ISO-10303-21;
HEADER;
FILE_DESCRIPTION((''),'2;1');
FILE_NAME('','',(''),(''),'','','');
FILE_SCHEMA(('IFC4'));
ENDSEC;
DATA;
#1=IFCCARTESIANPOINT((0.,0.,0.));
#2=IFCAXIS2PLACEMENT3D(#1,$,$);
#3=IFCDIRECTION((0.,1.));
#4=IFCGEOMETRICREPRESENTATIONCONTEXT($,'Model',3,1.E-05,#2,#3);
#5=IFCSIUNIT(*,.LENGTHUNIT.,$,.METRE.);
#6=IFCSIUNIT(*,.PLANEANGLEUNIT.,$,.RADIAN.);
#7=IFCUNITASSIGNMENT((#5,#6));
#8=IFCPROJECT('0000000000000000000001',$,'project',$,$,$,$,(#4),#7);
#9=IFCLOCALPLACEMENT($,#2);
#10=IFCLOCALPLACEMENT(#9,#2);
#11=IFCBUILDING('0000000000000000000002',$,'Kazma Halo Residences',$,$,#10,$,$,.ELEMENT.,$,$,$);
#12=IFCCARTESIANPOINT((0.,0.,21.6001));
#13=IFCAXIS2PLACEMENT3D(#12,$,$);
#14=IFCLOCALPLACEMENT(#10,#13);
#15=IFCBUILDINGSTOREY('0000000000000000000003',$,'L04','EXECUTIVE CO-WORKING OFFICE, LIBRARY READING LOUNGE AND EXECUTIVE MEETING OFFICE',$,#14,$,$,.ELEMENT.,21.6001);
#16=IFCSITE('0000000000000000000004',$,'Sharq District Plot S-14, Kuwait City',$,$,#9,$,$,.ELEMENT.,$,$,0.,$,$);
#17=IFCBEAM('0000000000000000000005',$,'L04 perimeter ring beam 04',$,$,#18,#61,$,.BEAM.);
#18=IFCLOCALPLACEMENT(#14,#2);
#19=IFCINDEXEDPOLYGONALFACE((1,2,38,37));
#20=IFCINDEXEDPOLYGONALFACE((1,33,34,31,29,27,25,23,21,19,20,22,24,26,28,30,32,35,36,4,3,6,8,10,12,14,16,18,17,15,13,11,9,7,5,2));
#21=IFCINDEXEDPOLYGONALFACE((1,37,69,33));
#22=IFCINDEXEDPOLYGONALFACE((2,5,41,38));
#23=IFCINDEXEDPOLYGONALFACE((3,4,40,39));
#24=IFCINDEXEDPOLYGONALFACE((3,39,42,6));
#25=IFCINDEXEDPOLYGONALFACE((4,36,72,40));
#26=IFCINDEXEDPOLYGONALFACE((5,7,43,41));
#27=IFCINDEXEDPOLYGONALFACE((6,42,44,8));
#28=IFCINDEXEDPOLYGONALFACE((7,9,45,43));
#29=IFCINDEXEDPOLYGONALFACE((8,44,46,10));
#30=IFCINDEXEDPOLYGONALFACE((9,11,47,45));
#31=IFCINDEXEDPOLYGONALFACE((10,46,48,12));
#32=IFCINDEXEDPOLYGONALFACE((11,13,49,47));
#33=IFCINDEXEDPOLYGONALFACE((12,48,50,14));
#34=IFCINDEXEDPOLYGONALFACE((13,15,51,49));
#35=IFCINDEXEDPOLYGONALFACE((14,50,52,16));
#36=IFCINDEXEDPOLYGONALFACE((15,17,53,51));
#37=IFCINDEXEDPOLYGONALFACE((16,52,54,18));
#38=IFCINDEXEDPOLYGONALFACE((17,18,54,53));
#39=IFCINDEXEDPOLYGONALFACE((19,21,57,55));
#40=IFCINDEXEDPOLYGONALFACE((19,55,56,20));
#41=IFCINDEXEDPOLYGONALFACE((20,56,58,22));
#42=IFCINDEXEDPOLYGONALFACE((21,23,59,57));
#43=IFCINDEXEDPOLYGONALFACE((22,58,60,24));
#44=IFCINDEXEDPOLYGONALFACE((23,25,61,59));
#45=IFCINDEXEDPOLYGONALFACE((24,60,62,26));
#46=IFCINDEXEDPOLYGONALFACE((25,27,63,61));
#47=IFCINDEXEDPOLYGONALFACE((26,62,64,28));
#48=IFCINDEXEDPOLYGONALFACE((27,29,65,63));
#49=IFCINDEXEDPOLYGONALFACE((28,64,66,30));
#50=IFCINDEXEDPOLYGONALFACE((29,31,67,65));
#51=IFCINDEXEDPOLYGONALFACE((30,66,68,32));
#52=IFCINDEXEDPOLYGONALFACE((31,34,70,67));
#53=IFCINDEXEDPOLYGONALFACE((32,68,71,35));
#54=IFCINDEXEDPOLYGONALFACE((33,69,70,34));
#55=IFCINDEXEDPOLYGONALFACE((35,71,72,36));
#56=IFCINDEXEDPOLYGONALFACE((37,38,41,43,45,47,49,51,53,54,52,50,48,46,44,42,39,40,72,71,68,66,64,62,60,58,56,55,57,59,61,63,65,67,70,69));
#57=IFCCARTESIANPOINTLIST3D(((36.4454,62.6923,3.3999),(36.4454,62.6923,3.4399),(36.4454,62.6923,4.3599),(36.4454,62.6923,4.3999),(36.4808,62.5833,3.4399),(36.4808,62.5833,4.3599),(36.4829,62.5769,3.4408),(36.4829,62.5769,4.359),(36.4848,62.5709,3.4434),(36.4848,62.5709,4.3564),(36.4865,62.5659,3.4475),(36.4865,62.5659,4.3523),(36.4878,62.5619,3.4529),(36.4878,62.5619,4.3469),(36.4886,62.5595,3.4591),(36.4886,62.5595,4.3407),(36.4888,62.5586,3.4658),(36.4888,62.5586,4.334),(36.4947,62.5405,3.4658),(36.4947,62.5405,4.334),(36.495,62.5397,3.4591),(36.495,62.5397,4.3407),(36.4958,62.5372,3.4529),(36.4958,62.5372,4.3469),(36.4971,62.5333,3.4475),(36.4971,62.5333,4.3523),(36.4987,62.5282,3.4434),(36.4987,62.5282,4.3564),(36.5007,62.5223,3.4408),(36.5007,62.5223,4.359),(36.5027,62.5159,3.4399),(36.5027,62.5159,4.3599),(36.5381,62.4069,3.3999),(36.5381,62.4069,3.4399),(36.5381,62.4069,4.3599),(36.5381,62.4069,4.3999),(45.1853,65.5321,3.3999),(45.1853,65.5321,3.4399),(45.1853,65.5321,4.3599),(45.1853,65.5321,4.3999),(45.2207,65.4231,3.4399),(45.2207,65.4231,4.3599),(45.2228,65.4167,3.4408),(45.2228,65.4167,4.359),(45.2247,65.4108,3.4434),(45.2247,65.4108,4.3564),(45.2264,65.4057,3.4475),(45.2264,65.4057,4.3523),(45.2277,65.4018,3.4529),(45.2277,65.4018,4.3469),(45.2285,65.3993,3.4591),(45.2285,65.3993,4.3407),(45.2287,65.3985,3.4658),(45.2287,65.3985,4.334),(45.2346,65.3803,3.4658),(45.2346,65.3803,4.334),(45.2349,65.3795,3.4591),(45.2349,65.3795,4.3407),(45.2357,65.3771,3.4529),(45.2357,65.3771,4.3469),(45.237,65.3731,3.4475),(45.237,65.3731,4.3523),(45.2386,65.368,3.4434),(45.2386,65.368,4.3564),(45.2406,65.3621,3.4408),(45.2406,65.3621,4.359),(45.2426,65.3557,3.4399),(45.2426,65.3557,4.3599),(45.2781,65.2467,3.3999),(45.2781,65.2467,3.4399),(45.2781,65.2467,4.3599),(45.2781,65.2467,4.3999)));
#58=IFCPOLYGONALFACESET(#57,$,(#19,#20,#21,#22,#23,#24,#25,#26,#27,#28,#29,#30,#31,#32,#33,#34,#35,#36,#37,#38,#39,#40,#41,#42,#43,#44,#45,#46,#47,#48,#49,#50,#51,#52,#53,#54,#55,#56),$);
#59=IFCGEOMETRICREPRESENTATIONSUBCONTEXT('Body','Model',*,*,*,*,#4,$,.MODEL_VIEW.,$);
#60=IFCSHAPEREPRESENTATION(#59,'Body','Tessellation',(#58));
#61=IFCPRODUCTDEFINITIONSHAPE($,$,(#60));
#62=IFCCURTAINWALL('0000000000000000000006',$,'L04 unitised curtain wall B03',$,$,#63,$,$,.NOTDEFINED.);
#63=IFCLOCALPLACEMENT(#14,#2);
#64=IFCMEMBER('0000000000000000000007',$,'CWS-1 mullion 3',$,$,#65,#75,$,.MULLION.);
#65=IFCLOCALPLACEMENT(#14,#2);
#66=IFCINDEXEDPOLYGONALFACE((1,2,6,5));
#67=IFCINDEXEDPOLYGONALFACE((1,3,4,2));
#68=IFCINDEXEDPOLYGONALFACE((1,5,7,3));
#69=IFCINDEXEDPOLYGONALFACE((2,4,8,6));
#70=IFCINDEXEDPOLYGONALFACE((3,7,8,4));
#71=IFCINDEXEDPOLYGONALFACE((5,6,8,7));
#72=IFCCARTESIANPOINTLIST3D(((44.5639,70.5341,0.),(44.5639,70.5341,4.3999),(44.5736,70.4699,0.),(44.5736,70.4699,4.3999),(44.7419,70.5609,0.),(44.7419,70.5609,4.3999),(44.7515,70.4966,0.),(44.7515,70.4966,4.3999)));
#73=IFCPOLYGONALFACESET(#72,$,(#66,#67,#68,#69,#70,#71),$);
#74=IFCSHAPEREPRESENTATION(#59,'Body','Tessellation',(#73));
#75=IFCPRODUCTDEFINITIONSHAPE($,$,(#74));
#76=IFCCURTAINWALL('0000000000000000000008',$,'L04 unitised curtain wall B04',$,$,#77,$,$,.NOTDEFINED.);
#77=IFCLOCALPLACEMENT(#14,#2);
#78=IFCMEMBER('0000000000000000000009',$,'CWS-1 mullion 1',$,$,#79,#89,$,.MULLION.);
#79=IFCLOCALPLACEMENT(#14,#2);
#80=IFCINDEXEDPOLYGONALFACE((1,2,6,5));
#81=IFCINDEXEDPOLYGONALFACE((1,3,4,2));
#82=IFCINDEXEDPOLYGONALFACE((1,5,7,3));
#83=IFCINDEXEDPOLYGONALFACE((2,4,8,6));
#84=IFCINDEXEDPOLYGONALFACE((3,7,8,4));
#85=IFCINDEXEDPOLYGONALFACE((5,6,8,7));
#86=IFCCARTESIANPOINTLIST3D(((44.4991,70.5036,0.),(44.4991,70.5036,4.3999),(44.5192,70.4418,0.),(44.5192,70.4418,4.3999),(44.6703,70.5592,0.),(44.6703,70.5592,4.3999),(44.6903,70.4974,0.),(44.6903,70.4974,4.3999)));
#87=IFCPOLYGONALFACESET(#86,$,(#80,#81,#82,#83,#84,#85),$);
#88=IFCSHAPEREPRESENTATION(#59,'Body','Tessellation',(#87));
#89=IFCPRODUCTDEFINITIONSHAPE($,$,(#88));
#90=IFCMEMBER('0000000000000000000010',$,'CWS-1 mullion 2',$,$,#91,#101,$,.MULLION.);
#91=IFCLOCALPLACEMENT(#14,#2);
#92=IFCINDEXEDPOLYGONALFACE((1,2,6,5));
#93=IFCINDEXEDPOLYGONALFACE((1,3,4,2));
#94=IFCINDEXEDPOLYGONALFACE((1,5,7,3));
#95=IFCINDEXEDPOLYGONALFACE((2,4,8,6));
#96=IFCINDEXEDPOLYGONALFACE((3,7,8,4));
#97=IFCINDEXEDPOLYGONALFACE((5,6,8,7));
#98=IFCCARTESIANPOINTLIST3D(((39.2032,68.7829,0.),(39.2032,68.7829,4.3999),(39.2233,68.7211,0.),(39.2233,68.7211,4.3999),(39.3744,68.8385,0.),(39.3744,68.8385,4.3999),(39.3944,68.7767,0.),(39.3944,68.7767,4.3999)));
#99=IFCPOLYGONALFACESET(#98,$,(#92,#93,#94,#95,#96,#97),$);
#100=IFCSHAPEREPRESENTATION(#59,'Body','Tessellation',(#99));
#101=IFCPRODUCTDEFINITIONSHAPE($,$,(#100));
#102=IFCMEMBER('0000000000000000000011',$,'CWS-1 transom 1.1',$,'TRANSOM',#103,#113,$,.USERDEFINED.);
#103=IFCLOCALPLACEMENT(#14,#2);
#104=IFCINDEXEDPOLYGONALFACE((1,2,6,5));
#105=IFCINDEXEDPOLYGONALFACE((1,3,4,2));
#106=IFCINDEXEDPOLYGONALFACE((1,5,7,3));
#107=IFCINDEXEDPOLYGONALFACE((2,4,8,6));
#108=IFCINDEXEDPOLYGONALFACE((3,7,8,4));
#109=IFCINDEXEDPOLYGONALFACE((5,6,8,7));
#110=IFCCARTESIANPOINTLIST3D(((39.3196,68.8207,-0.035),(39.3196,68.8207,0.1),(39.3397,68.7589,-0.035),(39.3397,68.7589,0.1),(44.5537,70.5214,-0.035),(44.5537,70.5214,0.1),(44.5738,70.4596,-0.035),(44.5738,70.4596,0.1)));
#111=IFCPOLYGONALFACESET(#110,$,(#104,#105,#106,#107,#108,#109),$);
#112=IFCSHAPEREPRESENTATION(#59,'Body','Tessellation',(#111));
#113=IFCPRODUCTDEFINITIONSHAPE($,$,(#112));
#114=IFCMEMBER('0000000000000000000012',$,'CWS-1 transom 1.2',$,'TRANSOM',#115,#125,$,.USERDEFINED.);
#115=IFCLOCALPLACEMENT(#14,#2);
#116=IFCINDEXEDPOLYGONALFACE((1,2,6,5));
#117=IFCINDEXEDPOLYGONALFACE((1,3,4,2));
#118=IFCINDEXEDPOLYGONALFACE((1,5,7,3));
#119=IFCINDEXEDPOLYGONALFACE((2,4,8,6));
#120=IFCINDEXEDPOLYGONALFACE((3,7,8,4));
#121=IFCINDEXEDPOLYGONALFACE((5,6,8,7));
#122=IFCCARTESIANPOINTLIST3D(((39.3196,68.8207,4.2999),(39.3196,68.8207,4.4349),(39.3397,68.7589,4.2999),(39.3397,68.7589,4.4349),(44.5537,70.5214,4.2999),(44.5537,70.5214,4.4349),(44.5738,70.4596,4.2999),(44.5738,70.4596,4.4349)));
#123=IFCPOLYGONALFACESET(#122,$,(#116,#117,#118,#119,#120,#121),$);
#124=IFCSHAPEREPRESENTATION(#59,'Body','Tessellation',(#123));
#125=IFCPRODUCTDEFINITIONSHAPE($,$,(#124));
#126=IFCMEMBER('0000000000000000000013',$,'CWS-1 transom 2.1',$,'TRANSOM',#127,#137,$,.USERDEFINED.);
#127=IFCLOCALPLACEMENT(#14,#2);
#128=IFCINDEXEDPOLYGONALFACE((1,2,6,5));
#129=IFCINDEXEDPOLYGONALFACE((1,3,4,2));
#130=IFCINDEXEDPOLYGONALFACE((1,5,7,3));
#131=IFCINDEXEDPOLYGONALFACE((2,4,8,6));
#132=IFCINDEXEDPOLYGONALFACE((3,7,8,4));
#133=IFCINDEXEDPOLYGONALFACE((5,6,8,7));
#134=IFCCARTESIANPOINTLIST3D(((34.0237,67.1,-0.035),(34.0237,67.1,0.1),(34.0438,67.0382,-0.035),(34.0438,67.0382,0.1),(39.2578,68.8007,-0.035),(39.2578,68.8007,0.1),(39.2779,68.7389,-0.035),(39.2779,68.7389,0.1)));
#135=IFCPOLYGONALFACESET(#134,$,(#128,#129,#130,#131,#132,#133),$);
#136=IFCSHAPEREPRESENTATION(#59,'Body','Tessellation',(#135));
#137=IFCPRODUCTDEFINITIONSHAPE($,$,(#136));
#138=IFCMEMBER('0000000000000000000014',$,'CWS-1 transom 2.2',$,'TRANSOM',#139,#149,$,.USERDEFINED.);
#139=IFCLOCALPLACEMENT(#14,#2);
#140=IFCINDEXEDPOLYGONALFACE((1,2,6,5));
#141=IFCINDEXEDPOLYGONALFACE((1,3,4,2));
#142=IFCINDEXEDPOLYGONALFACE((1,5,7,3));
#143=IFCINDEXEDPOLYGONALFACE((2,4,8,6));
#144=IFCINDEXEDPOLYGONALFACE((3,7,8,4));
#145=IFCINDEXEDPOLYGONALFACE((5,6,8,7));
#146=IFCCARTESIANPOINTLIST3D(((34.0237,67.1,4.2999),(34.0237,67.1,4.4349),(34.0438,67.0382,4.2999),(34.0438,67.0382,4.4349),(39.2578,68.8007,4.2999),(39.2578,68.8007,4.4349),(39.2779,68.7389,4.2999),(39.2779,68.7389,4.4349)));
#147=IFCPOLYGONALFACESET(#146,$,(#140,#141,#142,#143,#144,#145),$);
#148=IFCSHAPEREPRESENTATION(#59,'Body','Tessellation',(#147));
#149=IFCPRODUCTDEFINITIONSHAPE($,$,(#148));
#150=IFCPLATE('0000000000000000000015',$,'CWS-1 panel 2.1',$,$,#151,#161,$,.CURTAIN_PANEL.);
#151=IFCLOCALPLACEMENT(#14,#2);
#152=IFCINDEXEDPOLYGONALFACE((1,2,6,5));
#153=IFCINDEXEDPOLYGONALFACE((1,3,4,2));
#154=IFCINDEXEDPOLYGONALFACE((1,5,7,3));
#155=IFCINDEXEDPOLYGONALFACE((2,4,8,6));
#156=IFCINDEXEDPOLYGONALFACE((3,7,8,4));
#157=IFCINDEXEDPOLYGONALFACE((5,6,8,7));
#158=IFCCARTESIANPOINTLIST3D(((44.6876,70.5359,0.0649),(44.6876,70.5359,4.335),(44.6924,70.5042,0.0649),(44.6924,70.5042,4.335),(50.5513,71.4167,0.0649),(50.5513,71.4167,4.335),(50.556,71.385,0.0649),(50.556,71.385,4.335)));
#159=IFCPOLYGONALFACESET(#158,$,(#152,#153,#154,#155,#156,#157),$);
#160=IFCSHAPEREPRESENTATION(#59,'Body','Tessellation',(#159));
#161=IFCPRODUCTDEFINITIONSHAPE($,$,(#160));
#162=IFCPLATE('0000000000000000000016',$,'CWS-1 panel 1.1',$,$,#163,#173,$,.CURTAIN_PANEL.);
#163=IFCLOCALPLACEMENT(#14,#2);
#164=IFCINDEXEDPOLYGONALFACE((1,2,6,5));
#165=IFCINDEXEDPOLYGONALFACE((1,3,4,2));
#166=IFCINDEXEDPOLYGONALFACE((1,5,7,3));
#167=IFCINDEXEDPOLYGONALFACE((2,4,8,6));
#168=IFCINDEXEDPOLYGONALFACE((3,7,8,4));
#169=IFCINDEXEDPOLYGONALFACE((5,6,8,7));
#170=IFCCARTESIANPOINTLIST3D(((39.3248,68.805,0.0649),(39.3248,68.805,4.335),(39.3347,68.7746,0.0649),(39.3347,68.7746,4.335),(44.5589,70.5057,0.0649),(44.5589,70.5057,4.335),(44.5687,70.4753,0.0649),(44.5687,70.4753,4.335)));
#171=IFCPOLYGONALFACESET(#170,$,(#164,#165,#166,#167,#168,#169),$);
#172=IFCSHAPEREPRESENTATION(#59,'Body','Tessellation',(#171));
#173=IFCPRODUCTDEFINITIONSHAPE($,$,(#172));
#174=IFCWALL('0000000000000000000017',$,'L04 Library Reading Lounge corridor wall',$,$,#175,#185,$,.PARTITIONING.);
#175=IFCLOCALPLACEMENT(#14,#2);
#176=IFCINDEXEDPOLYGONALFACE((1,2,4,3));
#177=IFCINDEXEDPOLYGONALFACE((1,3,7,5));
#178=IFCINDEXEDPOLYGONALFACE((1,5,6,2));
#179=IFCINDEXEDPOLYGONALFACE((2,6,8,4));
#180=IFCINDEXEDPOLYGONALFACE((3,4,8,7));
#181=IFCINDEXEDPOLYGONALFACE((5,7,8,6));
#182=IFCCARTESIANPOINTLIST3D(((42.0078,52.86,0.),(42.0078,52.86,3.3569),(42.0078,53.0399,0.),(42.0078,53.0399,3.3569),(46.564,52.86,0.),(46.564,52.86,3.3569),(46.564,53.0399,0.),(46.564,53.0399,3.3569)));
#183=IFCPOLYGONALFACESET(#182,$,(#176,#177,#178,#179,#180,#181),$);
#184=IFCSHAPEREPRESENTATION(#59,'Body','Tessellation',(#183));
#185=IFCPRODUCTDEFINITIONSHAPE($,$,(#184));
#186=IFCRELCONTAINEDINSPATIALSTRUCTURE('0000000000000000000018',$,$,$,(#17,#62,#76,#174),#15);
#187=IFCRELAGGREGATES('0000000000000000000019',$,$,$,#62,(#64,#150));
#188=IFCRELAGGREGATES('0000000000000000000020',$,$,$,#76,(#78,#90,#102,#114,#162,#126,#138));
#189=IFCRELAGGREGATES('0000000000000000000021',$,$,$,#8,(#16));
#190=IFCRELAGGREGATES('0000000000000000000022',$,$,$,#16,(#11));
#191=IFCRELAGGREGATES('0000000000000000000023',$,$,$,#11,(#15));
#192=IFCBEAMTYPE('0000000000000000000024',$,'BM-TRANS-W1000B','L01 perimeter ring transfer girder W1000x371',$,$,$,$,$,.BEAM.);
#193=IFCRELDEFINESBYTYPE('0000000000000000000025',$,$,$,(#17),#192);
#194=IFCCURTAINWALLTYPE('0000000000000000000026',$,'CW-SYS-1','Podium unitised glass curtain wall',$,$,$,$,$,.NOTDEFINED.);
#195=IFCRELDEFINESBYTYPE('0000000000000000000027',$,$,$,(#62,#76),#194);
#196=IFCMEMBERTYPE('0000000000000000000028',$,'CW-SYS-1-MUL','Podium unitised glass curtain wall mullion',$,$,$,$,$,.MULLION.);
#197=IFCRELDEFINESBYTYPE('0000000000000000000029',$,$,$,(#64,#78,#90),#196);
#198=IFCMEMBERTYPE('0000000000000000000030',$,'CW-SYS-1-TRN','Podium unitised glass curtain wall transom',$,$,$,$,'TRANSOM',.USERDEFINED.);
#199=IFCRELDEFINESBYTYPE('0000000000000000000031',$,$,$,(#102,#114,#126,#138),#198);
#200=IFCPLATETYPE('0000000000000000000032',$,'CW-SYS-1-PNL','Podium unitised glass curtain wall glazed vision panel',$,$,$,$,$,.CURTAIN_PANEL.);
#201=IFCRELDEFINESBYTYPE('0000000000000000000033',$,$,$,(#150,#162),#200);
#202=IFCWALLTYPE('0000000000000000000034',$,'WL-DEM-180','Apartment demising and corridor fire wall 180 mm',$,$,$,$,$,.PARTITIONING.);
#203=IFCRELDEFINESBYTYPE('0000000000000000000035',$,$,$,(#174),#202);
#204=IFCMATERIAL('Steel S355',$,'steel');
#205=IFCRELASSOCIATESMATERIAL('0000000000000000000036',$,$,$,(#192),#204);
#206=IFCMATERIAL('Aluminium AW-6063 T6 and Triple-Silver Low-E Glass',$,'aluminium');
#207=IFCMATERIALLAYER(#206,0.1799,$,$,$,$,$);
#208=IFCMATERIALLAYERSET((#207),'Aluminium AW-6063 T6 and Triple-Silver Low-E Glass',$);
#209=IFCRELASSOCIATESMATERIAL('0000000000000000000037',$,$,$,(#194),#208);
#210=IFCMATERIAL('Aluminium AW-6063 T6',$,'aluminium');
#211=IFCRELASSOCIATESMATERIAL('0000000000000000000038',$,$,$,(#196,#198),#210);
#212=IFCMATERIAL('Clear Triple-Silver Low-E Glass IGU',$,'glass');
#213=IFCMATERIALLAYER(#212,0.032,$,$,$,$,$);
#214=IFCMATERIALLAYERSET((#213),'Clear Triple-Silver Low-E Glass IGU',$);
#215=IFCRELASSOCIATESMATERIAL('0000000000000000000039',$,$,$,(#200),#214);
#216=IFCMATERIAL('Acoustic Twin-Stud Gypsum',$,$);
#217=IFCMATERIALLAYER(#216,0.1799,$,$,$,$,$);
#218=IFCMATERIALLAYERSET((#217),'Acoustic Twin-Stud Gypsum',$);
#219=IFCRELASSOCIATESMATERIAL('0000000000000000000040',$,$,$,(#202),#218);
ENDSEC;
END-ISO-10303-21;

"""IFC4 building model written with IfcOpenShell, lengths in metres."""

from ifc_helpers import new_model, si_unit, direction, frame, frame_2d, origin, origin_2d, place, context, subcontext, project, spatial, rectangle, i_section, extrude, material, layer, layer_set, material_profile, profile_set, type_object, element, aggregate, save


model = new_model("IFC4")

# Units and contexts
model_context = context("Model", 3, precision=1e-05, world=origin(), true_north=direction((0.0, 1.0)))
body_context = subcontext(model_context, "Body", "Model", "MODEL_VIEW")
ifc_project = project(units=[si_unit("LENGTHUNIT", "METRE"), si_unit("PLANEANGLEUNIT", "RADIAN")], contexts=[model_context])

# Site, building, storey
site_placement = place(None, origin())
site = spatial("IfcSite", under=ifc_project, at=site_placement, Name="Sharq District Plot S-14, Kuwait City", CompositionType="ELEMENT", RefElevation=0.0)
building_placement = place(site_placement, origin())
building = spatial("IfcBuilding", under=site, at=building_placement, Name="Kazma Halo Residences", CompositionType="ELEMENT")
storey_placement = place(building_placement, frame((0.0, 0.0, 21.6001)))
storey = spatial("IfcBuildingStorey", under=building, at=storey_placement, Name="L04", Description="EXECUTIVE CO-WORKING OFFICE, LIBRARY READING LOUNGE AND EXECUTIVE MEETING OFFICE", CompositionType="ELEMENT", Elevation=21.6001)

# Beam
ifc_material_1 = material(Name="Steel S355", Category="steel")
ifc_material_profile_1 = material_profile(ifc_material_1, i_section(OverallWidth=0.3, OverallDepth=1.0, WebThickness=0.019, FlangeThickness=0.04, FilletRadius=0.0259, at=origin_2d()), Name="W1000x371")
ifc_profile_set_1 = profile_set([ifc_material_profile_1], Name="Steel S355")
beam_type_1 = type_object("IfcBeamType", Name="BM-TRANS-W1000B", Description="L01 perimeter ring transfer girder W1000x371", PredefinedType="BEAM", material=ifc_profile_set_1)
beam_1_placement = place(storey_placement, frame((45.2317, 65.3894, 3.8999), z_axis=(-0.951055, -0.309022, 0.0), x_axis=(0.309022, -0.951055, 0.0)))
element("IfcBeam", 1, at=beam_1_placement, inside=storey, type_object=beam_type_1, Name="L04 perimeter ring beam 04", PredefinedType="BEAM", context=body_context, shape_type="SweptSolid", body=[
    extrude(i_section(OverallWidth=0.3, OverallDepth=1.0, WebThickness=0.019, FlangeThickness=0.04, FilletRadius=0.0259, at=origin_2d()), origin(), (0.0, 0.0, 1.0), 9.1897),
])

# Curtain wall, member
ifc_material_2 = material(Name="Aluminium AW-6063 T6 and Triple-Silver Low-E Glass", Category="aluminium")
ifc_layer_1 = layer(ifc_material_2, 0.1799)
ifc_layer_set_1 = layer_set([ifc_layer_1], Name="Aluminium AW-6063 T6 and Triple-Silver Low-E Glass")
curtain_wall_type = type_object("IfcCurtainWallType", Name="CW-SYS-1", Description="Podium unitised glass curtain wall", PredefinedType="NOTDEFINED", material=ifc_layer_set_1)
curtain_wall_1_placement = place(storey_placement, origin())
curtain_wall_1 = element("IfcCurtainWall", 2, at=curtain_wall_1_placement, inside=storey, type_object=curtain_wall_type, Name="L04 unitised curtain wall B03", PredefinedType="NOTDEFINED")
ifc_material_3 = material(Name="Aluminium AW-6063 T6", Category="aluminium")
ifc_material_profile_2 = material_profile(ifc_material_3, rectangle(XDim=0.0649, YDim=0.1799, at=origin_2d()), Name="CWM-65x180")
ifc_profile_set_2 = profile_set([ifc_material_profile_2], Name="Aluminium AW-6063 T6")
member_type_1 = type_object("IfcMemberType", Name="CW-SYS-1-MUL", Description="Podium unitised glass curtain wall mullion", PredefinedType="MULLION", material=ifc_profile_set_2)
member_1_placement = place(storey_placement, frame((44.6577, 70.5154, 0.0), z_axis=(0.0, 0.0, 1.0), x_axis=(0.148549, -0.988905, 0.0)))
member_1 = element("IfcMember", 3, at=member_1_placement, type_object=member_type_1, Name="CWS-1 mullion 3", PredefinedType="MULLION", context=body_context, shape_type="SweptSolid", body=[
    extrude(rectangle(XDim=0.0649, YDim=0.1799, at=origin_2d()), origin(), (0.0, 0.0, 1.0), 4.3999),
])

# Curtain wall, members
curtain_wall_2_placement = place(storey_placement, origin())
curtain_wall_2 = element("IfcCurtainWall", 4, at=curtain_wall_2_placement, inside=storey, type_object=curtain_wall_type, Name="L04 unitised curtain wall B04", PredefinedType="NOTDEFINED")
member_2_placement = place(storey_placement, frame((44.5947, 70.5005, 0.0), z_axis=(0.0, 0.0, 1.0), x_axis=(0.309017, -0.951056, 0.0)))
member_2 = element("IfcMember", 5, at=member_2_placement, type_object=member_type_1, Name="CWS-1 mullion 1", PredefinedType="MULLION", context=body_context, shape_type="SweptSolid", body=[
    extrude(rectangle(XDim=0.0649, YDim=0.1799, at=origin_2d()), origin(), (0.0, 0.0, 1.0), 4.3999),
])
member_3_placement = place(storey_placement, frame((39.2988, 68.7798, 0.0), z_axis=(0.0, 0.0, 1.0), x_axis=(0.309017, -0.951056, 0.0)))
member_3 = element("IfcMember", 6, at=member_3_placement, type_object=member_type_1, Name="CWS-1 mullion 2", PredefinedType="MULLION", context=body_context, shape_type="SweptSolid", body=[
    extrude(rectangle(XDim=0.0649, YDim=0.1799, at=origin_2d()), origin(), (0.0, 0.0, 1.0), 4.3999),
])
ifc_material_profile_3 = material_profile(ifc_material_3, rectangle(XDim=0.0649, YDim=0.135, at=origin_2d()), Name="CWT-65x135")
ifc_profile_set_3 = profile_set([ifc_material_profile_3], Name="Aluminium AW-6063 T6")
member_type_2 = type_object("IfcMemberType", Name="CW-SYS-1-TRN", Description="Podium unitised glass curtain wall transom", ElementType="TRANSOM", PredefinedType="USERDEFINED", material=ifc_profile_set_3)
member_4_placement = place(storey_placement, frame((44.5637, 70.4905, 0.0325), z_axis=(-0.951056, -0.309019, 0.0), x_axis=(0.309019, -0.951056, 0.0)))
member_4 = element("IfcMember", 7, at=member_4_placement, type_object=member_type_2, Name="CWS-1 transom 1.1", ObjectType="TRANSOM", PredefinedType="USERDEFINED", context=body_context, shape_type="SweptSolid", body=[
    extrude(rectangle(XDim=0.0649, YDim=0.135, at=origin_2d()), origin(), (0.0, 0.0, 1.0), 5.5034),
])
member_5_placement = place(storey_placement, frame((44.5637, 70.4905, 4.3674), z_axis=(-0.951056, -0.309019, 0.0), x_axis=(0.309019, -0.951056, 0.0)))
member_5 = element("IfcMember", 8, at=member_5_placement, type_object=member_type_2, Name="CWS-1 transom 1.2", ObjectType="TRANSOM", PredefinedType="USERDEFINED", context=body_context, shape_type="SweptSolid", body=[
    extrude(rectangle(XDim=0.0649, YDim=0.135, at=origin_2d()), origin(), (0.0, 0.0, 1.0), 5.5034),
])
member_6_placement = place(storey_placement, frame((39.2678, 68.7698, 0.0325), z_axis=(-0.951056, -0.309019, 0.0), x_axis=(0.309019, -0.951056, 0.0)))
member_6 = element("IfcMember", 9, at=member_6_placement, type_object=member_type_2, Name="CWS-1 transom 2.1", ObjectType="TRANSOM", PredefinedType="USERDEFINED", context=body_context, shape_type="SweptSolid", body=[
    extrude(rectangle(XDim=0.0649, YDim=0.135, at=origin_2d()), origin(), (0.0, 0.0, 1.0), 5.5034),
])
member_7_placement = place(storey_placement, frame((39.2678, 68.7698, 4.3674), z_axis=(-0.951056, -0.309019, 0.0), x_axis=(0.309019, -0.951056, 0.0)))
member_7 = element("IfcMember", 10, at=member_7_placement, type_object=member_type_2, Name="CWS-1 transom 2.2", ObjectType="TRANSOM", PredefinedType="USERDEFINED", context=body_context, shape_type="SweptSolid", body=[
    extrude(rectangle(XDim=0.0649, YDim=0.135, at=origin_2d()), origin(), (0.0, 0.0, 1.0), 5.5034),
])

# Plates
ifc_material_4 = material(Name="Clear Triple-Silver Low-E Glass IGU", Category="glass")
ifc_layer_2 = layer(ifc_material_4, 0.032)
ifc_layer_set_2 = layer_set([ifc_layer_2], Name="Clear Triple-Silver Low-E Glass IGU")
plate_type = type_object("IfcPlateType", Name="CW-SYS-1-PNL", Description="Podium unitised glass curtain wall glazed vision panel", PredefinedType="CURTAIN_PANEL", material=ifc_layer_set_2)
plate_1_placement = place(storey_placement, frame((47.6218, 70.9604, 0.0649), z_axis=(0.0, 0.0, 1.0), x_axis=(-0.988905, -0.148549, 0.0)))
plate_1 = element("IfcPlate", 11, at=plate_1_placement, type_object=plate_type, Name="CWS-1 panel 2.1", PredefinedType="CURTAIN_PANEL", context=body_context, shape_type="SweptSolid", body=[
    extrude(rectangle(XDim=5.9294, YDim=0.032, at=origin_2d()), origin(), (0.0, 0.0, 1.0), 4.27),
])
aggregate(curtain_wall_1, [member_1, plate_1])
plate_2_placement = place(storey_placement, frame((41.9468, 69.6401, 0.0649), z_axis=(0.0, 0.0, 1.0), x_axis=(-0.951056, -0.309017, 0.0)))
plate_2 = element("IfcPlate", 12, at=plate_2_placement, type_object=plate_type, Name="CWS-1 panel 1.1", PredefinedType="CURTAIN_PANEL", context=body_context, shape_type="SweptSolid", body=[
    extrude(rectangle(XDim=5.5034, YDim=0.032, at=origin_2d()), origin(), (0.0, 0.0, 1.0), 4.27),
])
aggregate(curtain_wall_2, [member_2, member_3, member_4, member_5, plate_2, member_6, member_7])

# Wall
ifc_material_5 = material(Name="Acoustic Twin-Stud Gypsum")
ifc_layer_3 = layer(ifc_material_5, 0.1799)
ifc_layer_set_3 = layer_set([ifc_layer_3], Name="Acoustic Twin-Stud Gypsum")
wall_type_1 = type_object("IfcWallType", Name="WL-DEM-180", Description="Apartment demising and corridor fire wall 180 mm", PredefinedType="PARTITIONING", material=ifc_layer_set_3)
wall_1_placement = place(storey_placement, frame((46.564, 52.95, 0.0), z_axis=(0.0, 0.0, 1.0), x_axis=(-1.0, 0.0, 0.0)))
element("IfcWall", 13, at=wall_1_placement, inside=storey, type_object=wall_type_1, Name="L04 Library Reading Lounge corridor wall", PredefinedType="PARTITIONING", context=body_context, shape_type="SweptSolid", body=[
    extrude(rectangle(XDim=4.5562, YDim=0.1799, at=frame_2d((2.2781, 0.0))), origin(), (0.0, 0.0, 1.0), 3.3569),
])

save(model, "model.ifc")
